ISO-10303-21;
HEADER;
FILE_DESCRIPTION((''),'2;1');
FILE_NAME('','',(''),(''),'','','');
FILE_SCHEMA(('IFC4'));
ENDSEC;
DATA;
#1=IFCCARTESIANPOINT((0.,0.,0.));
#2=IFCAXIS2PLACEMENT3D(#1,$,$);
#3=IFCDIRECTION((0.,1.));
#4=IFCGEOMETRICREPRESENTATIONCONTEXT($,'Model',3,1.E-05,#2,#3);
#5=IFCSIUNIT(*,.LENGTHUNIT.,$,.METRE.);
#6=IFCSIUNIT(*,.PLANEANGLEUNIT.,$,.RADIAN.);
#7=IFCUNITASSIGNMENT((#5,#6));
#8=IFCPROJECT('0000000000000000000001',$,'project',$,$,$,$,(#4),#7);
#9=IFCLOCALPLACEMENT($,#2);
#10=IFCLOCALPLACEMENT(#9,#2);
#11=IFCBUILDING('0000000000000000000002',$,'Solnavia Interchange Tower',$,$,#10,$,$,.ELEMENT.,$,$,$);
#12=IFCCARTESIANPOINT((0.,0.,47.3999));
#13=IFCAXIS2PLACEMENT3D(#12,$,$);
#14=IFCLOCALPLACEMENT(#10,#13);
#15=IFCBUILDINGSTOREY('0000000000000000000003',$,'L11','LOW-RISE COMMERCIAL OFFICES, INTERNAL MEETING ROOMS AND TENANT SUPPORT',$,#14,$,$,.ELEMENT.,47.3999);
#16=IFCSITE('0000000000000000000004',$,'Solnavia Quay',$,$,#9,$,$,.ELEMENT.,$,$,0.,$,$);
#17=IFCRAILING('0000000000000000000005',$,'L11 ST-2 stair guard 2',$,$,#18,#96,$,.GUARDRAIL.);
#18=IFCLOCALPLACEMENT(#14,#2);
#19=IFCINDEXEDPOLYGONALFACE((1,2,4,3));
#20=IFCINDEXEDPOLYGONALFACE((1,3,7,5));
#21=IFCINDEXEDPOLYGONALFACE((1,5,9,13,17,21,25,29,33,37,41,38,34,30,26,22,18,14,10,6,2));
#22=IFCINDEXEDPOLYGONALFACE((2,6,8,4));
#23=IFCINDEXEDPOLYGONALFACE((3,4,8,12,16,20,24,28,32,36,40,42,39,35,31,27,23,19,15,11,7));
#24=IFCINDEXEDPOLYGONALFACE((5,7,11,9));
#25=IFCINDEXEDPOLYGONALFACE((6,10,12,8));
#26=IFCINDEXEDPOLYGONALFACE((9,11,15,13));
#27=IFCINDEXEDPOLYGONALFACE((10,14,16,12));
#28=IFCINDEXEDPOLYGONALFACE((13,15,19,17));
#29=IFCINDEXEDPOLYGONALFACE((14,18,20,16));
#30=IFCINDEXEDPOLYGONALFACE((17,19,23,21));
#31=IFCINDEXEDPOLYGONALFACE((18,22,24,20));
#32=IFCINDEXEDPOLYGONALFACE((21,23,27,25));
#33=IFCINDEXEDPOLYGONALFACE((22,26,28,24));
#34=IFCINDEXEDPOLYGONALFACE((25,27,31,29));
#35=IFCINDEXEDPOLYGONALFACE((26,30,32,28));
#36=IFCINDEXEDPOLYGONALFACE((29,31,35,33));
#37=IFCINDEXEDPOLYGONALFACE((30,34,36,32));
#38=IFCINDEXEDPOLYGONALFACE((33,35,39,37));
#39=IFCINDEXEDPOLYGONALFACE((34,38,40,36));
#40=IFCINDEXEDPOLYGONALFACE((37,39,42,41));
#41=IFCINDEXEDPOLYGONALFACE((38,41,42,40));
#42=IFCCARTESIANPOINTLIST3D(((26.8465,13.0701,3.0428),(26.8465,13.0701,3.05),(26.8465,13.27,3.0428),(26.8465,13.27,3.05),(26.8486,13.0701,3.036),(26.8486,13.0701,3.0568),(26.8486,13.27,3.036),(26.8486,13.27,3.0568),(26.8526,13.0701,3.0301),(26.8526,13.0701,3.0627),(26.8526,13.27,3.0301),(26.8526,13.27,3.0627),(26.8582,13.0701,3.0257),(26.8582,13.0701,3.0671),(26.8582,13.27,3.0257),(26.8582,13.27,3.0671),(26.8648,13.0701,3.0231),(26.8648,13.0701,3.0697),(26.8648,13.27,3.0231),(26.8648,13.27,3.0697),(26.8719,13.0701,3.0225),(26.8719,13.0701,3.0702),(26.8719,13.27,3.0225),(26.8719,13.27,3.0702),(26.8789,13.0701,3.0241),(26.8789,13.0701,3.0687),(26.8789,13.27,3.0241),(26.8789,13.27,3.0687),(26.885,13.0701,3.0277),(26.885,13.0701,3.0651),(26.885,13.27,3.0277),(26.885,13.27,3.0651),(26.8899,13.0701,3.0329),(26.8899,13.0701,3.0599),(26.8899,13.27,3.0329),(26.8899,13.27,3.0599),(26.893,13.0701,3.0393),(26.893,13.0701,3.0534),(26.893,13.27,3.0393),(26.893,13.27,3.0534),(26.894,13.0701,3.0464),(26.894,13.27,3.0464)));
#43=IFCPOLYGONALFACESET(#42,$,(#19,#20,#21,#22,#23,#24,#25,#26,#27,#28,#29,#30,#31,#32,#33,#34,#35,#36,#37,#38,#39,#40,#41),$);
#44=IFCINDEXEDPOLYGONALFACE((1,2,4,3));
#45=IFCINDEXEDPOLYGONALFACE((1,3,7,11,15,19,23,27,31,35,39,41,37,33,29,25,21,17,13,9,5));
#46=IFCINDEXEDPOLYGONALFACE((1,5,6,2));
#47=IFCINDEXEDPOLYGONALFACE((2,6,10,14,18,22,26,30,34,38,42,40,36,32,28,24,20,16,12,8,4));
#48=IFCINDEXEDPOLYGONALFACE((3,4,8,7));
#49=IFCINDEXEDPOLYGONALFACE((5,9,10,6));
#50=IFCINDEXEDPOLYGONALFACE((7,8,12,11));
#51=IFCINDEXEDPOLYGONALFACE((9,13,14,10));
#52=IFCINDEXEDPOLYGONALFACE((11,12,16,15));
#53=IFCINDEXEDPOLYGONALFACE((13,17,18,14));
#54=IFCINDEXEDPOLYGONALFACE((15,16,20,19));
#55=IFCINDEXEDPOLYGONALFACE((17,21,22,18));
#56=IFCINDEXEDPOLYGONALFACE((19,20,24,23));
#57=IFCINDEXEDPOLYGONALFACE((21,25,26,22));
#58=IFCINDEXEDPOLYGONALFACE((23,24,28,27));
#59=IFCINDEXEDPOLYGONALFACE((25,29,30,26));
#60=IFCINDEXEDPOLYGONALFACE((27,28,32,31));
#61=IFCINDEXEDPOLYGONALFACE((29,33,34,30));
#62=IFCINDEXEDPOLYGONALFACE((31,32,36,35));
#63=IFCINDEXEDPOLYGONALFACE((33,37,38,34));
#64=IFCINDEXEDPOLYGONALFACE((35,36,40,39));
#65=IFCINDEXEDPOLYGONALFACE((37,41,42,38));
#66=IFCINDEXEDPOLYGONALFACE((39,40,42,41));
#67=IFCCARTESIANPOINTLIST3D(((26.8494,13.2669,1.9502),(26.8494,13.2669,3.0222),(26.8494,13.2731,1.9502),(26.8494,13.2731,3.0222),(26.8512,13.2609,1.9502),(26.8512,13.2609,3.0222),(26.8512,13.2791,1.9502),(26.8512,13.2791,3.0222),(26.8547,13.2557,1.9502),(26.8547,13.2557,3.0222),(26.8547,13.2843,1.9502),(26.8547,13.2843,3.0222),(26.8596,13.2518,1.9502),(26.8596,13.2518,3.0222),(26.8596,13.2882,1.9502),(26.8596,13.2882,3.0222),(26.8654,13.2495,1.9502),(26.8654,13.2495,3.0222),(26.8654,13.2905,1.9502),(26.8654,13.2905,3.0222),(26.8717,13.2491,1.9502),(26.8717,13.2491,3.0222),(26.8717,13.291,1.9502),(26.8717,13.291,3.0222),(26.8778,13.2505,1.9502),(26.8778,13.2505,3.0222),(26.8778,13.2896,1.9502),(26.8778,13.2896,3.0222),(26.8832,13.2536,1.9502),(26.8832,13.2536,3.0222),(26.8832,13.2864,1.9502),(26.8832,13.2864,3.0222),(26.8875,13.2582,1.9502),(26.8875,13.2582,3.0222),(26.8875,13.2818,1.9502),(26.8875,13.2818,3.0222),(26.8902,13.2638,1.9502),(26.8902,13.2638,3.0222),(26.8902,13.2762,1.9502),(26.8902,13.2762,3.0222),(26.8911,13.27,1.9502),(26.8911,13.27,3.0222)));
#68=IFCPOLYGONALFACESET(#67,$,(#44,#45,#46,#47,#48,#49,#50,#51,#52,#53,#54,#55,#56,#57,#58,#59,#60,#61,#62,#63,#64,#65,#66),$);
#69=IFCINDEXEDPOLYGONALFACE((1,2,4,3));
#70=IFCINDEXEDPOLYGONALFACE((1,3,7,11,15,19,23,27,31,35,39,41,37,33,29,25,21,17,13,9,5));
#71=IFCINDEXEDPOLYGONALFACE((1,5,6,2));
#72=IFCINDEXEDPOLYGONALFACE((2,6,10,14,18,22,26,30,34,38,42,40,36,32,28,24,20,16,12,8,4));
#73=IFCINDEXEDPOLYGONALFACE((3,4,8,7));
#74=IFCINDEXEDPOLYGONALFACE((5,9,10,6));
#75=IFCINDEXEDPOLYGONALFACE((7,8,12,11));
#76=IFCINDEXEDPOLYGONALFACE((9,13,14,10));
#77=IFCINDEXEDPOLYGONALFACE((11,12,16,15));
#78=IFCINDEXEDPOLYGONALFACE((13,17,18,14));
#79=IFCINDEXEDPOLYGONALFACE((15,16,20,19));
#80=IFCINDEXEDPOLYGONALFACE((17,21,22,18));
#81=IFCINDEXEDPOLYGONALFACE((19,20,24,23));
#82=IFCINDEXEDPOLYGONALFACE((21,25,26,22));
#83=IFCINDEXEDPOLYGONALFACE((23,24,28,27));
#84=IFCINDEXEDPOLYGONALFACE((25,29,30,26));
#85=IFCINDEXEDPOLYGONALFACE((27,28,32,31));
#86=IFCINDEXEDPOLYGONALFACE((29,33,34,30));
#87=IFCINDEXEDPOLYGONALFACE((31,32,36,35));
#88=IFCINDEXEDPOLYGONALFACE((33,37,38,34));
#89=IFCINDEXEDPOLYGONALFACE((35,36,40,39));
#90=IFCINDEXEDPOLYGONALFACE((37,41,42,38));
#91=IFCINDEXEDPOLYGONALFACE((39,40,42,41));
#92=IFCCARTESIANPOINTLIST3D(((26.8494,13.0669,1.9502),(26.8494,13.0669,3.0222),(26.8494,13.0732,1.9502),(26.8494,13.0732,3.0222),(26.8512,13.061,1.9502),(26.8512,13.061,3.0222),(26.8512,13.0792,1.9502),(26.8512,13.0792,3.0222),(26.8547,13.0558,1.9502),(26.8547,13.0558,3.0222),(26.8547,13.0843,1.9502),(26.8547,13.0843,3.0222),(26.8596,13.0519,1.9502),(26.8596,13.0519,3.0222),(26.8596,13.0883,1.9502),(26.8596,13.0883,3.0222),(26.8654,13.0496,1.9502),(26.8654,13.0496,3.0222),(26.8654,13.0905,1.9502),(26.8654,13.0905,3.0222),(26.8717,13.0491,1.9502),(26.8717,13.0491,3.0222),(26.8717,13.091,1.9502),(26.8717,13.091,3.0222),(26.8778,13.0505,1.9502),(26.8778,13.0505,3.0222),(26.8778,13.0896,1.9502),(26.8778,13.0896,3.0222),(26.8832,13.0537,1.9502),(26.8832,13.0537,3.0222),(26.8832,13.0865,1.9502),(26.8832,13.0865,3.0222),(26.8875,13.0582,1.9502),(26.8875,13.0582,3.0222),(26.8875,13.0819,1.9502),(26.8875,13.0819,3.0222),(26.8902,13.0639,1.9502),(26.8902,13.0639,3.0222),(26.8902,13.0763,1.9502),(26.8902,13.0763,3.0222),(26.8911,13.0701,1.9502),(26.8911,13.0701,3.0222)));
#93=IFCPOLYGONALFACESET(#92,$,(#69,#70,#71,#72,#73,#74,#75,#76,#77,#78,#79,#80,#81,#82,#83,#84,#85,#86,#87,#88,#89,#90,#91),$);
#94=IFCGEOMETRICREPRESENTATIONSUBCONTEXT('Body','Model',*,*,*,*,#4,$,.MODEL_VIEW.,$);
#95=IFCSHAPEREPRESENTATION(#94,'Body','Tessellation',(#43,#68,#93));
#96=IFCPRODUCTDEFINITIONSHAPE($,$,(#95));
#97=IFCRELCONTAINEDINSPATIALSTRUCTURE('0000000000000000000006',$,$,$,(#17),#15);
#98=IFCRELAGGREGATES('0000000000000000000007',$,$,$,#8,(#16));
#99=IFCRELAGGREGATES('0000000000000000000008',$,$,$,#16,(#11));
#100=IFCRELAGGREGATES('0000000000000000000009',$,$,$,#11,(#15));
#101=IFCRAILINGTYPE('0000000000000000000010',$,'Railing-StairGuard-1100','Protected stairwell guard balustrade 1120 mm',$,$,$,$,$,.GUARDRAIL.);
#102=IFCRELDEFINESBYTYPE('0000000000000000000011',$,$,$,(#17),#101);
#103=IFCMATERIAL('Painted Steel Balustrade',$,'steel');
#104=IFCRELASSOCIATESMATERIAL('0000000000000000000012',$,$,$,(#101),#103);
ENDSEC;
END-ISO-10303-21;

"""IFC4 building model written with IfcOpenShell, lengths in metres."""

from ifc_helpers import new_model, si_unit, direction, frame, origin, origin_2d, place, context, subcontext, project, spatial, circle, extrude, material, type_object, element, save


model = new_model("IFC4")

# Units and contexts
model_context = context("Model", 3, precision=1e-05, world=origin(), true_north=direction((0.0, 1.0)))
body_context = subcontext(model_context, "Body", "Model", "MODEL_VIEW")
ifc_project = project(units=[si_unit("LENGTHUNIT", "METRE"), si_unit("PLANEANGLEUNIT", "RADIAN")], contexts=[model_context])

# Site, building, storey
site_placement = place(None, origin())
site = spatial("IfcSite", under=ifc_project, at=site_placement, Name="Solnavia Quay", CompositionType="ELEMENT", RefElevation=0.0)
building_placement = place(site_placement, origin())
building = spatial("IfcBuilding", under=site, at=building_placement, Name="Solnavia Interchange Tower", CompositionType="ELEMENT")
storey_placement = place(building_placement, frame((0.0, 0.0, 47.3999)))
storey = spatial("IfcBuildingStorey", under=building, at=storey_placement, Name="L11", Description="LOW-RISE COMMERCIAL OFFICES, INTERNAL MEETING ROOMS AND TENANT SUPPORT", CompositionType="ELEMENT", Elevation=47.3999)

# Railing
ifc_material_1 = material(Name="Painted Steel Balustrade", Category="steel")
railing_type_1 = type_object("IfcRailingType", Name="Railing-StairGuard-1100", Description="Protected stairwell guard balustrade 1120 mm", PredefinedType="GUARDRAIL", material=ifc_material_1)
railing_1_placement = place(storey_placement, frame((26.8701, 13.27, 1.9502)))
element("IfcRailing", 1, at=railing_1_placement, inside=storey, type_object=railing_type_1, Name="L11 ST-2 stair guard 2", PredefinedType="GUARDRAIL", context=body_context, shape_type="SweptSolid", body=[
    extrude(circle(Radius=0.0239, at=origin_2d()), frame((0.0, 0.0, 1.0962), z_axis=(0.0, -1.0, 0.0), x_axis=(1.0, 0.0, 0.0)), (0.0, 0.0, 1.0), 0.2),
    extrude(circle(Radius=0.021, at=origin_2d()), origin(), (0.0, 0.0, 1.0), 1.072),
    extrude(circle(Radius=0.021, at=origin_2d()), frame((0.0, -0.2, 0.0)), (0.0, 0.0, 1.0), 1.072),
])

save(model, "model.ifc")
